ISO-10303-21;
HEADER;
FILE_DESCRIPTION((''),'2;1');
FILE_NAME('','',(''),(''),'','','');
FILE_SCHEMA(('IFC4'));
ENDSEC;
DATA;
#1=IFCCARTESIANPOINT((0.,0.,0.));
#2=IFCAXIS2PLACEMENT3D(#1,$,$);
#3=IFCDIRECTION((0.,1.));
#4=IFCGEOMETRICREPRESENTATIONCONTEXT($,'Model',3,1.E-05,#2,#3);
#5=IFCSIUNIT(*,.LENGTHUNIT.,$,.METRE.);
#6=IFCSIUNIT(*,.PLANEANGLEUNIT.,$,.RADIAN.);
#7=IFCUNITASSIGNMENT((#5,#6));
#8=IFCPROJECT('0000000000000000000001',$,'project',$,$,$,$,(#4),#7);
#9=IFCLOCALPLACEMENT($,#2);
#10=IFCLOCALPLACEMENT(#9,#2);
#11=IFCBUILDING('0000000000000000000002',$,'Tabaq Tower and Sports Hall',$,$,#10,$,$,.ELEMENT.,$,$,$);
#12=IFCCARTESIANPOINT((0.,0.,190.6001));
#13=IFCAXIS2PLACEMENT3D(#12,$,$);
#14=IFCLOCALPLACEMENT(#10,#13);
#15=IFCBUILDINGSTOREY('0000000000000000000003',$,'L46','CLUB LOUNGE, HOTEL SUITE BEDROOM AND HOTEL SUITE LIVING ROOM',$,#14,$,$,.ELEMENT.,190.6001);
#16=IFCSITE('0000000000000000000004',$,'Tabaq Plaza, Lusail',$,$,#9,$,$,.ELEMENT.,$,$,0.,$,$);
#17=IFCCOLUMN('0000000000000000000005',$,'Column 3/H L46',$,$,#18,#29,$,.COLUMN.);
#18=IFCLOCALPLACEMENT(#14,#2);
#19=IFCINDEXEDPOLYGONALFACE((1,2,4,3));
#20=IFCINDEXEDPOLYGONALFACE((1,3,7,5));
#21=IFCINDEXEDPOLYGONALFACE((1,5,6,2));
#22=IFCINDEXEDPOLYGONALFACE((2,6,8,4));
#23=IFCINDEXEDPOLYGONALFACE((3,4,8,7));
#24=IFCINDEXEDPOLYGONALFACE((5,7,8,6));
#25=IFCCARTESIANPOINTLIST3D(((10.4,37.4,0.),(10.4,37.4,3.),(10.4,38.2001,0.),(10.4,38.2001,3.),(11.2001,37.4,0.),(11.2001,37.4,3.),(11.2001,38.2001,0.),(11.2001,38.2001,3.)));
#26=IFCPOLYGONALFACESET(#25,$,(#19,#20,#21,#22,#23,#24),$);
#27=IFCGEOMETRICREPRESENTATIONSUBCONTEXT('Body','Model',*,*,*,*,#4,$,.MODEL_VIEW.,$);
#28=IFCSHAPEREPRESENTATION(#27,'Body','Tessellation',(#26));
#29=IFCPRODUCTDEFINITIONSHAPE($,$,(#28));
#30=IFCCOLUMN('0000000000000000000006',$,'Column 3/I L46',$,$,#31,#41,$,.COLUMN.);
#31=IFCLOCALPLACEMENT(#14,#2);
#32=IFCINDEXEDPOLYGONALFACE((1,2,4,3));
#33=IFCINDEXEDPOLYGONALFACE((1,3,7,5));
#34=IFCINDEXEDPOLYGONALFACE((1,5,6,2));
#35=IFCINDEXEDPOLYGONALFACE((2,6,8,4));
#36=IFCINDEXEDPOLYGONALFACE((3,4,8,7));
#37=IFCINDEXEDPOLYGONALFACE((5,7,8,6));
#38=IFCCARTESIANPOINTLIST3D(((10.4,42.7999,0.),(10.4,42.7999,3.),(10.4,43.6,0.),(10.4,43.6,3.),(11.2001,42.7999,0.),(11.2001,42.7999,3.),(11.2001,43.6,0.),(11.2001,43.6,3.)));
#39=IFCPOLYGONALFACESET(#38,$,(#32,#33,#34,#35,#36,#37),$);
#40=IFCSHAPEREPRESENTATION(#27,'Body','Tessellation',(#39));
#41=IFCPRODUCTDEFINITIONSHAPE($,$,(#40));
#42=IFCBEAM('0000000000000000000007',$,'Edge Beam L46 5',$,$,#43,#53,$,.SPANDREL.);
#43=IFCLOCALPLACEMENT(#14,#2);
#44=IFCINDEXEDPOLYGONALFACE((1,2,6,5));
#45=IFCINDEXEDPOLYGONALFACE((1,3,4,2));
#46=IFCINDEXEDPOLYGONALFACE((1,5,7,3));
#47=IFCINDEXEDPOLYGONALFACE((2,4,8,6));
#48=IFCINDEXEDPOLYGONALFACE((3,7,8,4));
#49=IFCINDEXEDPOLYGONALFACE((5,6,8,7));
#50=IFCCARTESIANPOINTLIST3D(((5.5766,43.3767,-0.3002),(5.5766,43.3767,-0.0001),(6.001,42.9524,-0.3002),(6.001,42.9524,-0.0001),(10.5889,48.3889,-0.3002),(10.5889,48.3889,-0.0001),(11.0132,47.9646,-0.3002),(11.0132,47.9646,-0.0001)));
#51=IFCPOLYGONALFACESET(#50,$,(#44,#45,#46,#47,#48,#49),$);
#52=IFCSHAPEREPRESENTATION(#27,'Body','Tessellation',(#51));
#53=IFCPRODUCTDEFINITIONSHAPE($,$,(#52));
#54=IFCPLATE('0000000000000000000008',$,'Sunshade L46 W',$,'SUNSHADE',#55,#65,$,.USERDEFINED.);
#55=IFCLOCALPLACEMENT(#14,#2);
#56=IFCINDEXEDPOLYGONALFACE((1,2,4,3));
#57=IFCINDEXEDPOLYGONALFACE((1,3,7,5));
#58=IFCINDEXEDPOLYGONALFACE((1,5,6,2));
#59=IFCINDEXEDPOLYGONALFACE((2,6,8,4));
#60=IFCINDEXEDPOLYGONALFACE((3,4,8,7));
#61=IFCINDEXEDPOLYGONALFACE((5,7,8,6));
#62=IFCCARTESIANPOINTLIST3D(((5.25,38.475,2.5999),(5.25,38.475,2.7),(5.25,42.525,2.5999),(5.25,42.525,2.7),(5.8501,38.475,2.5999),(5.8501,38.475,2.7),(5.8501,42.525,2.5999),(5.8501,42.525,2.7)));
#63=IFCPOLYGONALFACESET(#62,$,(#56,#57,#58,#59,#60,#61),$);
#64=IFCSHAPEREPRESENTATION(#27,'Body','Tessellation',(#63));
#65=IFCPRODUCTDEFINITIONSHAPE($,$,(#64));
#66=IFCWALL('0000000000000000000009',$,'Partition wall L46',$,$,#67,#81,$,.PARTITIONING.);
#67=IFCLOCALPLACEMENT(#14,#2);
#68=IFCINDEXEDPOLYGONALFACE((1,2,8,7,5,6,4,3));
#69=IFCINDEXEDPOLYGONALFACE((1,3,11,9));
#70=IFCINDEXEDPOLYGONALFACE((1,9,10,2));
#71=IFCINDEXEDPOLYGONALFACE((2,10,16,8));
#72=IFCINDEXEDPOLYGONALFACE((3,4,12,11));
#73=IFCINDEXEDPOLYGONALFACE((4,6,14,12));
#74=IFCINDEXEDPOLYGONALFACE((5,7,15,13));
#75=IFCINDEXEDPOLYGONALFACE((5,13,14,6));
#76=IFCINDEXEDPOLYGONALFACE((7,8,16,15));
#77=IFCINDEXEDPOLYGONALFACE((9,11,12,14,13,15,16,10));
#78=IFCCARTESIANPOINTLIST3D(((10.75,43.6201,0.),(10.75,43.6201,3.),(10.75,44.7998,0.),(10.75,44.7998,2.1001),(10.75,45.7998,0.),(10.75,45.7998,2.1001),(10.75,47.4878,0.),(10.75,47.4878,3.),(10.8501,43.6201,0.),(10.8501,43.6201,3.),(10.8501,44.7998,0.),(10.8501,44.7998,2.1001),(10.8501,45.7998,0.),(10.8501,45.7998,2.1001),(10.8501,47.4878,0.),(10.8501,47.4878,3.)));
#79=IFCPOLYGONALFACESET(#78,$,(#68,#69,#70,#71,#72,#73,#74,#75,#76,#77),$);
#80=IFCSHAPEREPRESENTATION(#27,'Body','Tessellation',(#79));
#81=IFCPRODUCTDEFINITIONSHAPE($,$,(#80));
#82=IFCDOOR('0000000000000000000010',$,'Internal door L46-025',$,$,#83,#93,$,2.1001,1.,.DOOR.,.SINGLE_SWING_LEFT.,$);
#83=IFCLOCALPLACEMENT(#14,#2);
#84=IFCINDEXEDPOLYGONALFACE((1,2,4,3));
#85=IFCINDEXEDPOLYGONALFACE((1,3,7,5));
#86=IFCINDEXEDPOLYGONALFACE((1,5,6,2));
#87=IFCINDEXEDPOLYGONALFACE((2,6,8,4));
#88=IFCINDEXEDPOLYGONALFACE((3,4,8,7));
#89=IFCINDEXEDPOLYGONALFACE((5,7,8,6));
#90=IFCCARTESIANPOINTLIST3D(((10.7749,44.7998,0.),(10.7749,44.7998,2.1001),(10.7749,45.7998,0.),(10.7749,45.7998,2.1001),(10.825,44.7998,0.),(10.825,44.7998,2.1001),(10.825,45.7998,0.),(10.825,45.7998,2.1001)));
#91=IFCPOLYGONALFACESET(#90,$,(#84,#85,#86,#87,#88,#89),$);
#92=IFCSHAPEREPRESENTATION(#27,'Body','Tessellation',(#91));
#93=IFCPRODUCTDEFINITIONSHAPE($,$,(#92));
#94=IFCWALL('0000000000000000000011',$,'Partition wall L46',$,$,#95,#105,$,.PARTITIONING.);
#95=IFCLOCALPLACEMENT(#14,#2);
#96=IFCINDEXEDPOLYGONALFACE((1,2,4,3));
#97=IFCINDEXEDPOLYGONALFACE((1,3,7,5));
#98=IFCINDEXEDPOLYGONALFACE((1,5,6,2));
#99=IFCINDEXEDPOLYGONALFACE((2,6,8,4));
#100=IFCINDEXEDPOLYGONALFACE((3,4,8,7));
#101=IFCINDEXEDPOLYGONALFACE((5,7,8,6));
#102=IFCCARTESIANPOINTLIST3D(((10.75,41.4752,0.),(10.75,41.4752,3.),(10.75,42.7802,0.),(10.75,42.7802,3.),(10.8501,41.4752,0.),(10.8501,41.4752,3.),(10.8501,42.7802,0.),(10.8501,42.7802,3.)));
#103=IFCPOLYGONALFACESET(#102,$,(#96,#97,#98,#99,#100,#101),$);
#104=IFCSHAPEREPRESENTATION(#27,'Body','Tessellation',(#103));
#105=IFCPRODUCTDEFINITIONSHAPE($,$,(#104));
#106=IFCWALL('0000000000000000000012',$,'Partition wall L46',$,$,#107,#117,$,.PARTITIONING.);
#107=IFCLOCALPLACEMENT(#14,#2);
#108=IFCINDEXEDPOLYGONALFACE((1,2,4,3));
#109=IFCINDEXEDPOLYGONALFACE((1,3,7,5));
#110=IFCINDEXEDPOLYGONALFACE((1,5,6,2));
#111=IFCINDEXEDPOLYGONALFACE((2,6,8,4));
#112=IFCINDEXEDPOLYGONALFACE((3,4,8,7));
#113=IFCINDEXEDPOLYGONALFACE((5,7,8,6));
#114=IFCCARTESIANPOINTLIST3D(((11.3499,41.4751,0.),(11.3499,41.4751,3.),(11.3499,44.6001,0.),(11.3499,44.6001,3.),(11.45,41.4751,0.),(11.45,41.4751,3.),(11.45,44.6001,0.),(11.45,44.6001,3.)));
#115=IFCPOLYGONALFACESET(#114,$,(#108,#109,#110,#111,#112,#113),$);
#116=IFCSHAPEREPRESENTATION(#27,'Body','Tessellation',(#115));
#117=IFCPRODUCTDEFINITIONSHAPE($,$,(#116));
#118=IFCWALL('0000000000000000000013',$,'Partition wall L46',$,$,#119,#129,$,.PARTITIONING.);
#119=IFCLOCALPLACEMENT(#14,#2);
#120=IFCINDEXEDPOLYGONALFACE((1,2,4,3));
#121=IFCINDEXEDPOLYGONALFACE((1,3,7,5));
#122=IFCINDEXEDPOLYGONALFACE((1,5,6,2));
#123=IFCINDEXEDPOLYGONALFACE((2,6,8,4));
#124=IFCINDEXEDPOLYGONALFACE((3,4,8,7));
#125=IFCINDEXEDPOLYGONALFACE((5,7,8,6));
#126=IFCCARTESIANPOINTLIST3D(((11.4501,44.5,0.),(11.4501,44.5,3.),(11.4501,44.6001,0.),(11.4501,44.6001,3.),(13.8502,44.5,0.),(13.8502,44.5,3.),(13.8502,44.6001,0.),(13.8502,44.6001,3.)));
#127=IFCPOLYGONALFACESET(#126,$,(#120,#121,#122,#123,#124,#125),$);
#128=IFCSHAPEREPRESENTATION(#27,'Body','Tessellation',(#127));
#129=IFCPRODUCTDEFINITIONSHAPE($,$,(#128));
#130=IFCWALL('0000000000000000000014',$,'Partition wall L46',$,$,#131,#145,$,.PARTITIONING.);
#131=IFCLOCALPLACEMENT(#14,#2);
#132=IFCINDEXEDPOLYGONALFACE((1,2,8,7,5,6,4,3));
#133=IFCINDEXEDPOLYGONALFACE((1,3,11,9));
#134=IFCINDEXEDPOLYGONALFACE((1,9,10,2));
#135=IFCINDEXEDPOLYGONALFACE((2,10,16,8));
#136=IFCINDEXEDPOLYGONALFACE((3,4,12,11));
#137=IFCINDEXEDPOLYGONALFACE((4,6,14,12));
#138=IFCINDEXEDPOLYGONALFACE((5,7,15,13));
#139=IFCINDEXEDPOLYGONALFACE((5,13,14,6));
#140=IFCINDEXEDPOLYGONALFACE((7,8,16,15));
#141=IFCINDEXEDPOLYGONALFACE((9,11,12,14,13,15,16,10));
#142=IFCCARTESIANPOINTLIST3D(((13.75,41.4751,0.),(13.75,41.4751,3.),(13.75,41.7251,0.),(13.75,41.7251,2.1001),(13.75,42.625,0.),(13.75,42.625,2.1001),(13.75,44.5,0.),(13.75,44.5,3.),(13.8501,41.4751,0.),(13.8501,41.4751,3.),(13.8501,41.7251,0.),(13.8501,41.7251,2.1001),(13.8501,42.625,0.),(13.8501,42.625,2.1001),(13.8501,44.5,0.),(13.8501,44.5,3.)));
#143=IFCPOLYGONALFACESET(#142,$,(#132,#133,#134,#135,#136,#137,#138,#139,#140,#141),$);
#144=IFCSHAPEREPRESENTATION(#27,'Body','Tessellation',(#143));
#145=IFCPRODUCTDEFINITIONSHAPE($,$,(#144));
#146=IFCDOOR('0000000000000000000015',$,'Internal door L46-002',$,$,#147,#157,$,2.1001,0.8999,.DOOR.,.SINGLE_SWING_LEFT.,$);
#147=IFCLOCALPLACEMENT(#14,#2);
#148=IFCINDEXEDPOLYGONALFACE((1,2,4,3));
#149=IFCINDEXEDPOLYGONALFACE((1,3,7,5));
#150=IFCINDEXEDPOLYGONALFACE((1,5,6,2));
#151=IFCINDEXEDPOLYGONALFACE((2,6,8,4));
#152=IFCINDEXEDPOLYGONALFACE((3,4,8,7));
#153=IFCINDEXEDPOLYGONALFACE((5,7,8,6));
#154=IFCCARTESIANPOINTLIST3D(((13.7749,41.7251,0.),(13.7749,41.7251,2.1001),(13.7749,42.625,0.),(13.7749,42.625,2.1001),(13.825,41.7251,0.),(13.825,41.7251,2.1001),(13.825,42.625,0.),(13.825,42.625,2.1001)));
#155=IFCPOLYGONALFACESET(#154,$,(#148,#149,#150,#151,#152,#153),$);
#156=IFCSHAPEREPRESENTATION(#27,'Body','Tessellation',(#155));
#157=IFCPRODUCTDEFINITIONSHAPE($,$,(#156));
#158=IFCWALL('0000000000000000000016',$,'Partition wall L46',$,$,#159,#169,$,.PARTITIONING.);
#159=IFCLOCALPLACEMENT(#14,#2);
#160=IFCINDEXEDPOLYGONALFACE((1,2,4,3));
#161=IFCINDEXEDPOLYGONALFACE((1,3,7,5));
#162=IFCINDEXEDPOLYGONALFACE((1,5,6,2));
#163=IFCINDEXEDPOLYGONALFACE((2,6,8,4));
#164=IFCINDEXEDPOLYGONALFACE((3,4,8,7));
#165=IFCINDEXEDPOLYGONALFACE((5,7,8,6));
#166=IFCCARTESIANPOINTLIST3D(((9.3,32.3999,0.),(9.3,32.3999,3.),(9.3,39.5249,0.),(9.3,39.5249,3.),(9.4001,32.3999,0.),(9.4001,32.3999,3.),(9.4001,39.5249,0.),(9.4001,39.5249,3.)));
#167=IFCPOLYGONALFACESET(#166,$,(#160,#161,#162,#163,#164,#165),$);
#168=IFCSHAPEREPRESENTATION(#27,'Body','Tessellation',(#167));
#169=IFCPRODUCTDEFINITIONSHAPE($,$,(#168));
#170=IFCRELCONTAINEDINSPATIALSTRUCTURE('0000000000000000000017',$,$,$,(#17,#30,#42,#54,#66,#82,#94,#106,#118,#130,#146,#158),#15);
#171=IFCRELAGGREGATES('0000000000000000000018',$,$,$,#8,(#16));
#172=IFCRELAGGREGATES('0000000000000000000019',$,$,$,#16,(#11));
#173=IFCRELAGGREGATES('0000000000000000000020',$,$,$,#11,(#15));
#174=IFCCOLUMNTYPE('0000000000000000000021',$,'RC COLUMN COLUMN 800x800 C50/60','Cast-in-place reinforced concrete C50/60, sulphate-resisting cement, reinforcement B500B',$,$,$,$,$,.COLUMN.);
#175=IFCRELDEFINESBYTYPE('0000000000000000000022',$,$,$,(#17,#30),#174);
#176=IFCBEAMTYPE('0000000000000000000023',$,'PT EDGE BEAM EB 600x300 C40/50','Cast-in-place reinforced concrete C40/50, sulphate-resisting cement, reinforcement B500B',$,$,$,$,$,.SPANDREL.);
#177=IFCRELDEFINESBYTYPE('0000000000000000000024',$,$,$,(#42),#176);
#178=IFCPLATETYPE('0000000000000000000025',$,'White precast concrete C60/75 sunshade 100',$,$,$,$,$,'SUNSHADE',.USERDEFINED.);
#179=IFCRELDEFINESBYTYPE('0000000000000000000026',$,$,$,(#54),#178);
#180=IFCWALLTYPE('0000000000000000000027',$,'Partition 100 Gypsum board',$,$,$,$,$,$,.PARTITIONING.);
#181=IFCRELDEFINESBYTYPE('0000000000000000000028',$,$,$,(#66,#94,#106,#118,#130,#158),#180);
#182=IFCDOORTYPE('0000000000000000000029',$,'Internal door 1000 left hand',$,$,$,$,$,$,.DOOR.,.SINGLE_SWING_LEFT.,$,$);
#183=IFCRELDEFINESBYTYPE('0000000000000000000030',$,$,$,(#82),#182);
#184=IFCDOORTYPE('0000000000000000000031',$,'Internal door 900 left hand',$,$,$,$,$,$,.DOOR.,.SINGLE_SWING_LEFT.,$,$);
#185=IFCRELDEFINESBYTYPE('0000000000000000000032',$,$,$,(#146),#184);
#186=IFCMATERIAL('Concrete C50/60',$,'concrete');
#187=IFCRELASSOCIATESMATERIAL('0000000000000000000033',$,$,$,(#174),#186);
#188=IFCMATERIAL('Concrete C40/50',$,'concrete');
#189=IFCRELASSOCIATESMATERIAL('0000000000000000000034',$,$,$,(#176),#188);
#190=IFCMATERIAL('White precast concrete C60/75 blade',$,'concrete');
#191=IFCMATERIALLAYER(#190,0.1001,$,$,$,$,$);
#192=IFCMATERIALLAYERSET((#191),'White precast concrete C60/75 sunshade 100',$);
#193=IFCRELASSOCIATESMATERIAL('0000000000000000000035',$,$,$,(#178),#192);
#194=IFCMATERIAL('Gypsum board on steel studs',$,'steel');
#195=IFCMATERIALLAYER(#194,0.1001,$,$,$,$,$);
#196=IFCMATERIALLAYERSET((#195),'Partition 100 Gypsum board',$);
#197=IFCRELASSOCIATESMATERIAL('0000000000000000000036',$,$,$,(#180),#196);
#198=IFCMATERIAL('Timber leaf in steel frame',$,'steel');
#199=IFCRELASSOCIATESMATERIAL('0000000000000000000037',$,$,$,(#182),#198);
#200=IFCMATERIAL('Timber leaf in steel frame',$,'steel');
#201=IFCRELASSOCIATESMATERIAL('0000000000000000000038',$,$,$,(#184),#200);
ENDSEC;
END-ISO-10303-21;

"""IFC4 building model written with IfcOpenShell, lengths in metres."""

from ifc_helpers import new_model, si_unit, direction, frame, frame_2d, origin, origin_2d, place, context, subcontext, project, spatial, rectangle, extrude, material, layer, layer_set, material_profile, profile_set, type_object, element, fill, save


model = new_model("IFC4")

# Units and contexts
model_context = context("Model", 3, precision=1e-05, world=origin(), true_north=direction((0.0, 1.0)))
body_context = subcontext(model_context, "Body", "Model", "MODEL_VIEW")
ifc_project = project(units=[si_unit("LENGTHUNIT", "METRE"), si_unit("PLANEANGLEUNIT", "RADIAN")], contexts=[model_context])

# Site, building, storey
site_placement = place(None, origin())
site = spatial("IfcSite", under=ifc_project, at=site_placement, Name="Tabaq Plaza, Lusail", CompositionType="ELEMENT", RefElevation=0.0)
building_placement = place(site_placement, origin())
building = spatial("IfcBuilding", under=site, at=building_placement, Name="Tabaq Tower and Sports Hall", CompositionType="ELEMENT")
storey_placement = place(building_placement, frame((0.0, 0.0, 190.6001)))
storey = spatial("IfcBuildingStorey", under=building, at=storey_placement, Name="L46", Description="CLUB LOUNGE, HOTEL SUITE BEDROOM AND HOTEL SUITE LIVING ROOM", CompositionType="ELEMENT", Elevation=190.6001)

# Columns
ifc_material_1 = material(Name="Concrete C50/60", Category="concrete")
ifc_material_profile_1 = material_profile(ifc_material_1, rectangle(XDim=0.8, YDim=0.8, at=origin_2d()), Name="COLUMN 800x800")
ifc_profile_set_1 = profile_set([ifc_material_profile_1], Name="Concrete C50/60")
column_type = type_object("IfcColumnType", Name="RC COLUMN COLUMN 800x800 C50/60", Description="Cast-in-place reinforced concrete C50/60, sulphate-resisting cement, reinforcement B500B", PredefinedType="COLUMN", material=ifc_profile_set_1)
for number, where, z_axis, x_axis, name in (
    (1, (10.8, 37.8, 0.0), (0.0, 0.0, 1.0), (1.0, 0.0, 0.0), "Column 3/H L46"),
    (2, (10.8, 43.2, 0.0), (0.0, 0.0, 1.0), (1.0, 0.0, 0.0), "Column 3/I L46"),
):
    element("IfcColumn", number, at=place(storey_placement, frame(where, z_axis=z_axis, x_axis=x_axis)), inside=storey, type_object=column_type, Name=name, PredefinedType="COLUMN", context=body_context, shape_type="SweptSolid", body=[
        extrude(rectangle(XDim=0.8, YDim=0.8, at=origin_2d()), origin(), (0.0, 0.0, 1.0), 3.0),
    ])

# Beam
ifc_material_2 = material(Name="Concrete C40/50", Category="concrete")
ifc_material_profile_2 = material_profile(ifc_material_2, rectangle(XDim=0.6001, YDim=0.3, at=origin_2d()), Name="EB 600x300")
ifc_profile_set_2 = profile_set([ifc_material_profile_2], Name="Concrete C40/50")
beam_type = type_object("IfcBeamType", Name="PT EDGE BEAM EB 600x300 C40/50", Description="Cast-in-place reinforced concrete C40/50, sulphate-resisting cement, reinforcement B500B", PredefinedType="SPANDREL", material=ifc_profile_set_2)
beam_placement = place(storey_placement, frame((10.801, 48.1768, -0.1501), z_axis=(-0.707107, -0.707107, 0.0), x_axis=(0.707107, -0.707107, 0.0)))
element("IfcBeam", 3, at=beam_placement, inside=storey, type_object=beam_type, Name="Edge Beam L46 5", PredefinedType="SPANDREL", context=body_context, shape_type="SweptSolid", body=[
    extrude(rectangle(XDim=0.6001, YDim=0.3, at=origin_2d()), origin(), (0.0, 0.0, 1.0), 7.0884),
])

# Plate
ifc_material_3 = material(Name="White precast concrete C60/75 blade", Category="concrete")
ifc_layer_1 = layer(ifc_material_3, 0.1001)
ifc_layer_set_1 = layer_set([ifc_layer_1], Name="White precast concrete C60/75 sunshade 100")
plate_type = type_object("IfcPlateType", Name="White precast concrete C60/75 sunshade 100", ElementType="SUNSHADE", PredefinedType="USERDEFINED", material=ifc_layer_set_1)
plate_placement = place(storey_placement, frame((5.55, 40.5, 2.5999), z_axis=(0.0, 0.0, 1.0), x_axis=(0.0, -1.0, 0.0)))
element("IfcPlate", 4, at=plate_placement, inside=storey, type_object=plate_type, Name="Sunshade L46 W", ObjectType="SUNSHADE", PredefinedType="USERDEFINED", context=body_context, shape_type="SweptSolid", body=[
    extrude(rectangle(XDim=4.05, YDim=0.6001, at=origin_2d()), origin(), (0.0, 0.0, 1.0), 0.1001),
])

# Wall, opening, door
ifc_material_4 = material(Name="Gypsum board on steel studs", Category="steel")
ifc_layer_2 = layer(ifc_material_4, 0.1001)
ifc_layer_set_2 = layer_set([ifc_layer_2], Name="Partition 100 Gypsum board")
wall_type_1 = type_object("IfcWallType", Name="Partition 100 Gypsum board", PredefinedType="PARTITIONING", material=ifc_layer_set_2)
wall_1_placement = place(storey_placement, frame((10.8, 47.4878, 0.0), z_axis=(0.0, 0.0, 1.0), x_axis=(0.0, -1.0, 0.0)))
wall_1 = element("IfcWall", 5, at=wall_1_placement, inside=storey, type_object=wall_type_1, Name="Partition wall L46", PredefinedType="PARTITIONING", context=body_context, shape_type="SweptSolid", body=[
    extrude(rectangle(XDim=3.8677, YDim=0.1001, at=frame_2d((1.9338, 0.0))), origin(), (0.0, 0.0, 1.0), 3.0),
])
opening_1_placement = place(wall_1_placement, frame((1.688, 0.0, 0.0)))
opening_1 = element("IfcOpeningElement", 6, at=opening_1_placement, cuts=wall_1, PredefinedType="OPENING", context=body_context, shape_type="SweptSolid", body=[
    extrude(rectangle(XDim=1.0, YDim=2.1001, at=frame_2d((0.5, 1.05))), frame((0.0, 0.05, 0.0), z_axis=(0.0, -1.0, 0.0), x_axis=(1.0, 0.0, 0.0)), (0.0, 0.0, 1.0), 0.1001),
])
ifc_material_5 = material(Name="Timber leaf in steel frame", Category="steel")
door_type_1 = type_object("IfcDoorType", Name="Internal door 1000 left hand", OperationType="SINGLE_SWING_LEFT", PredefinedType="DOOR", material=ifc_material_5)
door_1_placement = place(opening_1_placement, origin())
door_1 = element("IfcDoor", 7, at=door_1_placement, inside=storey, type_object=door_type_1, Name="Internal door L46-025", OperationType="SINGLE_SWING_LEFT", OverallHeight=2.1001, OverallWidth=1.0, PredefinedType="DOOR", context=body_context, shape_type="SweptSolid", body=[
    extrude(rectangle(XDim=1.0, YDim=2.1001, at=frame_2d((0.5, 1.05))), frame((0.0, 0.0249, 0.0), z_axis=(0.0, -1.0, 0.0), x_axis=(1.0, 0.0, 0.0)), (0.0, 0.0, 1.0), 0.05),
])
fill(opening_1, door_1)

# Walls
wall_2_placement = place(storey_placement, frame((10.8, 42.78, 0.0), z_axis=(0.0, 0.0, 1.0), x_axis=(0.0, -1.0, 0.0)))
element("IfcWall", 8, at=wall_2_placement, inside=storey, type_object=wall_type_1, Name="Partition wall L46", PredefinedType="PARTITIONING", context=body_context, shape_type="SweptSolid", body=[
    extrude(rectangle(XDim=1.3049, YDim=0.1001, at=frame_2d((0.6523, 0.0))), origin(), (0.0, 0.0, 1.0), 3.0),
])
wall_3_placement = place(storey_placement, frame((11.3999, 41.4751, 0.0), z_axis=(0.0, 0.0, 1.0), x_axis=(0.0, 1.0, 0.0)))
element("IfcWall", 9, at=wall_3_placement, inside=storey, type_object=wall_type_1, Name="Partition wall L46", PredefinedType="PARTITIONING", context=body_context, shape_type="SweptSolid", body=[
    extrude(rectangle(XDim=3.125, YDim=0.1001, at=frame_2d((1.5625, 0.0))), origin(), (0.0, 0.0, 1.0), 3.0),
])
wall_4_placement = place(storey_placement, frame((11.45, 44.55, 0.0), z_axis=(0.0, 0.0, 1.0), x_axis=(1.0, 0.0, 0.0)))
element("IfcWall", 10, at=wall_4_placement, inside=storey, type_object=wall_type_1, Name="Partition wall L46", PredefinedType="PARTITIONING", context=body_context, shape_type="SweptSolid", body=[
    extrude(rectangle(XDim=2.4001, YDim=0.1001, at=frame_2d((1.2002, 0.0))), origin(), (0.0, 0.0, 1.0), 3.0),
])

# Wall, opening, door
wall_5_placement = place(storey_placement, frame((13.8, 44.5, 0.0), z_axis=(0.0, 0.0, 1.0), x_axis=(0.0, -1.0, 0.0)))
wall_5 = element("IfcWall", 11, at=wall_5_placement, inside=storey, type_object=wall_type_1, Name="Partition wall L46", PredefinedType="PARTITIONING", context=body_context, shape_type="SweptSolid", body=[
    extrude(rectangle(XDim=3.0249, YDim=0.1001, at=frame_2d((1.5125, 0.0))), origin(), (0.0, 0.0, 1.0), 3.0),
])
opening_2_placement = place(wall_5_placement, frame((1.875, 0.0, 0.0)))
opening_2 = element("IfcOpeningElement", 12, at=opening_2_placement, cuts=wall_5, PredefinedType="OPENING", context=body_context, shape_type="SweptSolid", body=[
    extrude(rectangle(XDim=0.8999, YDim=2.1001, at=frame_2d((0.45, 1.05))), frame((0.0, 0.05, 0.0), z_axis=(0.0, -1.0, 0.0), x_axis=(1.0, 0.0, 0.0)), (0.0, 0.0, 1.0), 0.1001),
])
ifc_material_6 = material(Name="Timber leaf in steel frame", Category="steel")
door_type_2 = type_object("IfcDoorType", Name="Internal door 900 left hand", OperationType="SINGLE_SWING_LEFT", PredefinedType="DOOR", material=ifc_material_6)
door_2_placement = place(opening_2_placement, origin())
door_2 = element("IfcDoor", 13, at=door_2_placement, inside=storey, type_object=door_type_2, Name="Internal door L46-002", OperationType="SINGLE_SWING_LEFT", OverallHeight=2.1001, OverallWidth=0.8999, PredefinedType="DOOR", context=body_context, shape_type="SweptSolid", body=[
    extrude(rectangle(XDim=0.8999, YDim=2.1001, at=frame_2d((0.45, 1.05))), frame((0.0, 0.0249, 0.0), z_axis=(0.0, -1.0, 0.0), x_axis=(1.0, 0.0, 0.0)), (0.0, 0.0, 1.0), 0.05),
])
fill(opening_2, door_2)

# Wall
wall_6_placement = place(storey_placement, frame((9.3501, 39.5249, 0.0), z_axis=(0.0, 0.0, 1.0), x_axis=(0.0, -1.0, 0.0)))
element("IfcWall", 14, at=wall_6_placement, inside=storey, type_object=wall_type_1, Name="Partition wall L46", PredefinedType="PARTITIONING", context=body_context, shape_type="SweptSolid", body=[
    extrude(rectangle(XDim=7.125, YDim=0.1001, at=frame_2d((3.5625, 0.0))), origin(), (0.0, 0.0, 1.0), 3.0),
])

save(model, "model.ifc")
